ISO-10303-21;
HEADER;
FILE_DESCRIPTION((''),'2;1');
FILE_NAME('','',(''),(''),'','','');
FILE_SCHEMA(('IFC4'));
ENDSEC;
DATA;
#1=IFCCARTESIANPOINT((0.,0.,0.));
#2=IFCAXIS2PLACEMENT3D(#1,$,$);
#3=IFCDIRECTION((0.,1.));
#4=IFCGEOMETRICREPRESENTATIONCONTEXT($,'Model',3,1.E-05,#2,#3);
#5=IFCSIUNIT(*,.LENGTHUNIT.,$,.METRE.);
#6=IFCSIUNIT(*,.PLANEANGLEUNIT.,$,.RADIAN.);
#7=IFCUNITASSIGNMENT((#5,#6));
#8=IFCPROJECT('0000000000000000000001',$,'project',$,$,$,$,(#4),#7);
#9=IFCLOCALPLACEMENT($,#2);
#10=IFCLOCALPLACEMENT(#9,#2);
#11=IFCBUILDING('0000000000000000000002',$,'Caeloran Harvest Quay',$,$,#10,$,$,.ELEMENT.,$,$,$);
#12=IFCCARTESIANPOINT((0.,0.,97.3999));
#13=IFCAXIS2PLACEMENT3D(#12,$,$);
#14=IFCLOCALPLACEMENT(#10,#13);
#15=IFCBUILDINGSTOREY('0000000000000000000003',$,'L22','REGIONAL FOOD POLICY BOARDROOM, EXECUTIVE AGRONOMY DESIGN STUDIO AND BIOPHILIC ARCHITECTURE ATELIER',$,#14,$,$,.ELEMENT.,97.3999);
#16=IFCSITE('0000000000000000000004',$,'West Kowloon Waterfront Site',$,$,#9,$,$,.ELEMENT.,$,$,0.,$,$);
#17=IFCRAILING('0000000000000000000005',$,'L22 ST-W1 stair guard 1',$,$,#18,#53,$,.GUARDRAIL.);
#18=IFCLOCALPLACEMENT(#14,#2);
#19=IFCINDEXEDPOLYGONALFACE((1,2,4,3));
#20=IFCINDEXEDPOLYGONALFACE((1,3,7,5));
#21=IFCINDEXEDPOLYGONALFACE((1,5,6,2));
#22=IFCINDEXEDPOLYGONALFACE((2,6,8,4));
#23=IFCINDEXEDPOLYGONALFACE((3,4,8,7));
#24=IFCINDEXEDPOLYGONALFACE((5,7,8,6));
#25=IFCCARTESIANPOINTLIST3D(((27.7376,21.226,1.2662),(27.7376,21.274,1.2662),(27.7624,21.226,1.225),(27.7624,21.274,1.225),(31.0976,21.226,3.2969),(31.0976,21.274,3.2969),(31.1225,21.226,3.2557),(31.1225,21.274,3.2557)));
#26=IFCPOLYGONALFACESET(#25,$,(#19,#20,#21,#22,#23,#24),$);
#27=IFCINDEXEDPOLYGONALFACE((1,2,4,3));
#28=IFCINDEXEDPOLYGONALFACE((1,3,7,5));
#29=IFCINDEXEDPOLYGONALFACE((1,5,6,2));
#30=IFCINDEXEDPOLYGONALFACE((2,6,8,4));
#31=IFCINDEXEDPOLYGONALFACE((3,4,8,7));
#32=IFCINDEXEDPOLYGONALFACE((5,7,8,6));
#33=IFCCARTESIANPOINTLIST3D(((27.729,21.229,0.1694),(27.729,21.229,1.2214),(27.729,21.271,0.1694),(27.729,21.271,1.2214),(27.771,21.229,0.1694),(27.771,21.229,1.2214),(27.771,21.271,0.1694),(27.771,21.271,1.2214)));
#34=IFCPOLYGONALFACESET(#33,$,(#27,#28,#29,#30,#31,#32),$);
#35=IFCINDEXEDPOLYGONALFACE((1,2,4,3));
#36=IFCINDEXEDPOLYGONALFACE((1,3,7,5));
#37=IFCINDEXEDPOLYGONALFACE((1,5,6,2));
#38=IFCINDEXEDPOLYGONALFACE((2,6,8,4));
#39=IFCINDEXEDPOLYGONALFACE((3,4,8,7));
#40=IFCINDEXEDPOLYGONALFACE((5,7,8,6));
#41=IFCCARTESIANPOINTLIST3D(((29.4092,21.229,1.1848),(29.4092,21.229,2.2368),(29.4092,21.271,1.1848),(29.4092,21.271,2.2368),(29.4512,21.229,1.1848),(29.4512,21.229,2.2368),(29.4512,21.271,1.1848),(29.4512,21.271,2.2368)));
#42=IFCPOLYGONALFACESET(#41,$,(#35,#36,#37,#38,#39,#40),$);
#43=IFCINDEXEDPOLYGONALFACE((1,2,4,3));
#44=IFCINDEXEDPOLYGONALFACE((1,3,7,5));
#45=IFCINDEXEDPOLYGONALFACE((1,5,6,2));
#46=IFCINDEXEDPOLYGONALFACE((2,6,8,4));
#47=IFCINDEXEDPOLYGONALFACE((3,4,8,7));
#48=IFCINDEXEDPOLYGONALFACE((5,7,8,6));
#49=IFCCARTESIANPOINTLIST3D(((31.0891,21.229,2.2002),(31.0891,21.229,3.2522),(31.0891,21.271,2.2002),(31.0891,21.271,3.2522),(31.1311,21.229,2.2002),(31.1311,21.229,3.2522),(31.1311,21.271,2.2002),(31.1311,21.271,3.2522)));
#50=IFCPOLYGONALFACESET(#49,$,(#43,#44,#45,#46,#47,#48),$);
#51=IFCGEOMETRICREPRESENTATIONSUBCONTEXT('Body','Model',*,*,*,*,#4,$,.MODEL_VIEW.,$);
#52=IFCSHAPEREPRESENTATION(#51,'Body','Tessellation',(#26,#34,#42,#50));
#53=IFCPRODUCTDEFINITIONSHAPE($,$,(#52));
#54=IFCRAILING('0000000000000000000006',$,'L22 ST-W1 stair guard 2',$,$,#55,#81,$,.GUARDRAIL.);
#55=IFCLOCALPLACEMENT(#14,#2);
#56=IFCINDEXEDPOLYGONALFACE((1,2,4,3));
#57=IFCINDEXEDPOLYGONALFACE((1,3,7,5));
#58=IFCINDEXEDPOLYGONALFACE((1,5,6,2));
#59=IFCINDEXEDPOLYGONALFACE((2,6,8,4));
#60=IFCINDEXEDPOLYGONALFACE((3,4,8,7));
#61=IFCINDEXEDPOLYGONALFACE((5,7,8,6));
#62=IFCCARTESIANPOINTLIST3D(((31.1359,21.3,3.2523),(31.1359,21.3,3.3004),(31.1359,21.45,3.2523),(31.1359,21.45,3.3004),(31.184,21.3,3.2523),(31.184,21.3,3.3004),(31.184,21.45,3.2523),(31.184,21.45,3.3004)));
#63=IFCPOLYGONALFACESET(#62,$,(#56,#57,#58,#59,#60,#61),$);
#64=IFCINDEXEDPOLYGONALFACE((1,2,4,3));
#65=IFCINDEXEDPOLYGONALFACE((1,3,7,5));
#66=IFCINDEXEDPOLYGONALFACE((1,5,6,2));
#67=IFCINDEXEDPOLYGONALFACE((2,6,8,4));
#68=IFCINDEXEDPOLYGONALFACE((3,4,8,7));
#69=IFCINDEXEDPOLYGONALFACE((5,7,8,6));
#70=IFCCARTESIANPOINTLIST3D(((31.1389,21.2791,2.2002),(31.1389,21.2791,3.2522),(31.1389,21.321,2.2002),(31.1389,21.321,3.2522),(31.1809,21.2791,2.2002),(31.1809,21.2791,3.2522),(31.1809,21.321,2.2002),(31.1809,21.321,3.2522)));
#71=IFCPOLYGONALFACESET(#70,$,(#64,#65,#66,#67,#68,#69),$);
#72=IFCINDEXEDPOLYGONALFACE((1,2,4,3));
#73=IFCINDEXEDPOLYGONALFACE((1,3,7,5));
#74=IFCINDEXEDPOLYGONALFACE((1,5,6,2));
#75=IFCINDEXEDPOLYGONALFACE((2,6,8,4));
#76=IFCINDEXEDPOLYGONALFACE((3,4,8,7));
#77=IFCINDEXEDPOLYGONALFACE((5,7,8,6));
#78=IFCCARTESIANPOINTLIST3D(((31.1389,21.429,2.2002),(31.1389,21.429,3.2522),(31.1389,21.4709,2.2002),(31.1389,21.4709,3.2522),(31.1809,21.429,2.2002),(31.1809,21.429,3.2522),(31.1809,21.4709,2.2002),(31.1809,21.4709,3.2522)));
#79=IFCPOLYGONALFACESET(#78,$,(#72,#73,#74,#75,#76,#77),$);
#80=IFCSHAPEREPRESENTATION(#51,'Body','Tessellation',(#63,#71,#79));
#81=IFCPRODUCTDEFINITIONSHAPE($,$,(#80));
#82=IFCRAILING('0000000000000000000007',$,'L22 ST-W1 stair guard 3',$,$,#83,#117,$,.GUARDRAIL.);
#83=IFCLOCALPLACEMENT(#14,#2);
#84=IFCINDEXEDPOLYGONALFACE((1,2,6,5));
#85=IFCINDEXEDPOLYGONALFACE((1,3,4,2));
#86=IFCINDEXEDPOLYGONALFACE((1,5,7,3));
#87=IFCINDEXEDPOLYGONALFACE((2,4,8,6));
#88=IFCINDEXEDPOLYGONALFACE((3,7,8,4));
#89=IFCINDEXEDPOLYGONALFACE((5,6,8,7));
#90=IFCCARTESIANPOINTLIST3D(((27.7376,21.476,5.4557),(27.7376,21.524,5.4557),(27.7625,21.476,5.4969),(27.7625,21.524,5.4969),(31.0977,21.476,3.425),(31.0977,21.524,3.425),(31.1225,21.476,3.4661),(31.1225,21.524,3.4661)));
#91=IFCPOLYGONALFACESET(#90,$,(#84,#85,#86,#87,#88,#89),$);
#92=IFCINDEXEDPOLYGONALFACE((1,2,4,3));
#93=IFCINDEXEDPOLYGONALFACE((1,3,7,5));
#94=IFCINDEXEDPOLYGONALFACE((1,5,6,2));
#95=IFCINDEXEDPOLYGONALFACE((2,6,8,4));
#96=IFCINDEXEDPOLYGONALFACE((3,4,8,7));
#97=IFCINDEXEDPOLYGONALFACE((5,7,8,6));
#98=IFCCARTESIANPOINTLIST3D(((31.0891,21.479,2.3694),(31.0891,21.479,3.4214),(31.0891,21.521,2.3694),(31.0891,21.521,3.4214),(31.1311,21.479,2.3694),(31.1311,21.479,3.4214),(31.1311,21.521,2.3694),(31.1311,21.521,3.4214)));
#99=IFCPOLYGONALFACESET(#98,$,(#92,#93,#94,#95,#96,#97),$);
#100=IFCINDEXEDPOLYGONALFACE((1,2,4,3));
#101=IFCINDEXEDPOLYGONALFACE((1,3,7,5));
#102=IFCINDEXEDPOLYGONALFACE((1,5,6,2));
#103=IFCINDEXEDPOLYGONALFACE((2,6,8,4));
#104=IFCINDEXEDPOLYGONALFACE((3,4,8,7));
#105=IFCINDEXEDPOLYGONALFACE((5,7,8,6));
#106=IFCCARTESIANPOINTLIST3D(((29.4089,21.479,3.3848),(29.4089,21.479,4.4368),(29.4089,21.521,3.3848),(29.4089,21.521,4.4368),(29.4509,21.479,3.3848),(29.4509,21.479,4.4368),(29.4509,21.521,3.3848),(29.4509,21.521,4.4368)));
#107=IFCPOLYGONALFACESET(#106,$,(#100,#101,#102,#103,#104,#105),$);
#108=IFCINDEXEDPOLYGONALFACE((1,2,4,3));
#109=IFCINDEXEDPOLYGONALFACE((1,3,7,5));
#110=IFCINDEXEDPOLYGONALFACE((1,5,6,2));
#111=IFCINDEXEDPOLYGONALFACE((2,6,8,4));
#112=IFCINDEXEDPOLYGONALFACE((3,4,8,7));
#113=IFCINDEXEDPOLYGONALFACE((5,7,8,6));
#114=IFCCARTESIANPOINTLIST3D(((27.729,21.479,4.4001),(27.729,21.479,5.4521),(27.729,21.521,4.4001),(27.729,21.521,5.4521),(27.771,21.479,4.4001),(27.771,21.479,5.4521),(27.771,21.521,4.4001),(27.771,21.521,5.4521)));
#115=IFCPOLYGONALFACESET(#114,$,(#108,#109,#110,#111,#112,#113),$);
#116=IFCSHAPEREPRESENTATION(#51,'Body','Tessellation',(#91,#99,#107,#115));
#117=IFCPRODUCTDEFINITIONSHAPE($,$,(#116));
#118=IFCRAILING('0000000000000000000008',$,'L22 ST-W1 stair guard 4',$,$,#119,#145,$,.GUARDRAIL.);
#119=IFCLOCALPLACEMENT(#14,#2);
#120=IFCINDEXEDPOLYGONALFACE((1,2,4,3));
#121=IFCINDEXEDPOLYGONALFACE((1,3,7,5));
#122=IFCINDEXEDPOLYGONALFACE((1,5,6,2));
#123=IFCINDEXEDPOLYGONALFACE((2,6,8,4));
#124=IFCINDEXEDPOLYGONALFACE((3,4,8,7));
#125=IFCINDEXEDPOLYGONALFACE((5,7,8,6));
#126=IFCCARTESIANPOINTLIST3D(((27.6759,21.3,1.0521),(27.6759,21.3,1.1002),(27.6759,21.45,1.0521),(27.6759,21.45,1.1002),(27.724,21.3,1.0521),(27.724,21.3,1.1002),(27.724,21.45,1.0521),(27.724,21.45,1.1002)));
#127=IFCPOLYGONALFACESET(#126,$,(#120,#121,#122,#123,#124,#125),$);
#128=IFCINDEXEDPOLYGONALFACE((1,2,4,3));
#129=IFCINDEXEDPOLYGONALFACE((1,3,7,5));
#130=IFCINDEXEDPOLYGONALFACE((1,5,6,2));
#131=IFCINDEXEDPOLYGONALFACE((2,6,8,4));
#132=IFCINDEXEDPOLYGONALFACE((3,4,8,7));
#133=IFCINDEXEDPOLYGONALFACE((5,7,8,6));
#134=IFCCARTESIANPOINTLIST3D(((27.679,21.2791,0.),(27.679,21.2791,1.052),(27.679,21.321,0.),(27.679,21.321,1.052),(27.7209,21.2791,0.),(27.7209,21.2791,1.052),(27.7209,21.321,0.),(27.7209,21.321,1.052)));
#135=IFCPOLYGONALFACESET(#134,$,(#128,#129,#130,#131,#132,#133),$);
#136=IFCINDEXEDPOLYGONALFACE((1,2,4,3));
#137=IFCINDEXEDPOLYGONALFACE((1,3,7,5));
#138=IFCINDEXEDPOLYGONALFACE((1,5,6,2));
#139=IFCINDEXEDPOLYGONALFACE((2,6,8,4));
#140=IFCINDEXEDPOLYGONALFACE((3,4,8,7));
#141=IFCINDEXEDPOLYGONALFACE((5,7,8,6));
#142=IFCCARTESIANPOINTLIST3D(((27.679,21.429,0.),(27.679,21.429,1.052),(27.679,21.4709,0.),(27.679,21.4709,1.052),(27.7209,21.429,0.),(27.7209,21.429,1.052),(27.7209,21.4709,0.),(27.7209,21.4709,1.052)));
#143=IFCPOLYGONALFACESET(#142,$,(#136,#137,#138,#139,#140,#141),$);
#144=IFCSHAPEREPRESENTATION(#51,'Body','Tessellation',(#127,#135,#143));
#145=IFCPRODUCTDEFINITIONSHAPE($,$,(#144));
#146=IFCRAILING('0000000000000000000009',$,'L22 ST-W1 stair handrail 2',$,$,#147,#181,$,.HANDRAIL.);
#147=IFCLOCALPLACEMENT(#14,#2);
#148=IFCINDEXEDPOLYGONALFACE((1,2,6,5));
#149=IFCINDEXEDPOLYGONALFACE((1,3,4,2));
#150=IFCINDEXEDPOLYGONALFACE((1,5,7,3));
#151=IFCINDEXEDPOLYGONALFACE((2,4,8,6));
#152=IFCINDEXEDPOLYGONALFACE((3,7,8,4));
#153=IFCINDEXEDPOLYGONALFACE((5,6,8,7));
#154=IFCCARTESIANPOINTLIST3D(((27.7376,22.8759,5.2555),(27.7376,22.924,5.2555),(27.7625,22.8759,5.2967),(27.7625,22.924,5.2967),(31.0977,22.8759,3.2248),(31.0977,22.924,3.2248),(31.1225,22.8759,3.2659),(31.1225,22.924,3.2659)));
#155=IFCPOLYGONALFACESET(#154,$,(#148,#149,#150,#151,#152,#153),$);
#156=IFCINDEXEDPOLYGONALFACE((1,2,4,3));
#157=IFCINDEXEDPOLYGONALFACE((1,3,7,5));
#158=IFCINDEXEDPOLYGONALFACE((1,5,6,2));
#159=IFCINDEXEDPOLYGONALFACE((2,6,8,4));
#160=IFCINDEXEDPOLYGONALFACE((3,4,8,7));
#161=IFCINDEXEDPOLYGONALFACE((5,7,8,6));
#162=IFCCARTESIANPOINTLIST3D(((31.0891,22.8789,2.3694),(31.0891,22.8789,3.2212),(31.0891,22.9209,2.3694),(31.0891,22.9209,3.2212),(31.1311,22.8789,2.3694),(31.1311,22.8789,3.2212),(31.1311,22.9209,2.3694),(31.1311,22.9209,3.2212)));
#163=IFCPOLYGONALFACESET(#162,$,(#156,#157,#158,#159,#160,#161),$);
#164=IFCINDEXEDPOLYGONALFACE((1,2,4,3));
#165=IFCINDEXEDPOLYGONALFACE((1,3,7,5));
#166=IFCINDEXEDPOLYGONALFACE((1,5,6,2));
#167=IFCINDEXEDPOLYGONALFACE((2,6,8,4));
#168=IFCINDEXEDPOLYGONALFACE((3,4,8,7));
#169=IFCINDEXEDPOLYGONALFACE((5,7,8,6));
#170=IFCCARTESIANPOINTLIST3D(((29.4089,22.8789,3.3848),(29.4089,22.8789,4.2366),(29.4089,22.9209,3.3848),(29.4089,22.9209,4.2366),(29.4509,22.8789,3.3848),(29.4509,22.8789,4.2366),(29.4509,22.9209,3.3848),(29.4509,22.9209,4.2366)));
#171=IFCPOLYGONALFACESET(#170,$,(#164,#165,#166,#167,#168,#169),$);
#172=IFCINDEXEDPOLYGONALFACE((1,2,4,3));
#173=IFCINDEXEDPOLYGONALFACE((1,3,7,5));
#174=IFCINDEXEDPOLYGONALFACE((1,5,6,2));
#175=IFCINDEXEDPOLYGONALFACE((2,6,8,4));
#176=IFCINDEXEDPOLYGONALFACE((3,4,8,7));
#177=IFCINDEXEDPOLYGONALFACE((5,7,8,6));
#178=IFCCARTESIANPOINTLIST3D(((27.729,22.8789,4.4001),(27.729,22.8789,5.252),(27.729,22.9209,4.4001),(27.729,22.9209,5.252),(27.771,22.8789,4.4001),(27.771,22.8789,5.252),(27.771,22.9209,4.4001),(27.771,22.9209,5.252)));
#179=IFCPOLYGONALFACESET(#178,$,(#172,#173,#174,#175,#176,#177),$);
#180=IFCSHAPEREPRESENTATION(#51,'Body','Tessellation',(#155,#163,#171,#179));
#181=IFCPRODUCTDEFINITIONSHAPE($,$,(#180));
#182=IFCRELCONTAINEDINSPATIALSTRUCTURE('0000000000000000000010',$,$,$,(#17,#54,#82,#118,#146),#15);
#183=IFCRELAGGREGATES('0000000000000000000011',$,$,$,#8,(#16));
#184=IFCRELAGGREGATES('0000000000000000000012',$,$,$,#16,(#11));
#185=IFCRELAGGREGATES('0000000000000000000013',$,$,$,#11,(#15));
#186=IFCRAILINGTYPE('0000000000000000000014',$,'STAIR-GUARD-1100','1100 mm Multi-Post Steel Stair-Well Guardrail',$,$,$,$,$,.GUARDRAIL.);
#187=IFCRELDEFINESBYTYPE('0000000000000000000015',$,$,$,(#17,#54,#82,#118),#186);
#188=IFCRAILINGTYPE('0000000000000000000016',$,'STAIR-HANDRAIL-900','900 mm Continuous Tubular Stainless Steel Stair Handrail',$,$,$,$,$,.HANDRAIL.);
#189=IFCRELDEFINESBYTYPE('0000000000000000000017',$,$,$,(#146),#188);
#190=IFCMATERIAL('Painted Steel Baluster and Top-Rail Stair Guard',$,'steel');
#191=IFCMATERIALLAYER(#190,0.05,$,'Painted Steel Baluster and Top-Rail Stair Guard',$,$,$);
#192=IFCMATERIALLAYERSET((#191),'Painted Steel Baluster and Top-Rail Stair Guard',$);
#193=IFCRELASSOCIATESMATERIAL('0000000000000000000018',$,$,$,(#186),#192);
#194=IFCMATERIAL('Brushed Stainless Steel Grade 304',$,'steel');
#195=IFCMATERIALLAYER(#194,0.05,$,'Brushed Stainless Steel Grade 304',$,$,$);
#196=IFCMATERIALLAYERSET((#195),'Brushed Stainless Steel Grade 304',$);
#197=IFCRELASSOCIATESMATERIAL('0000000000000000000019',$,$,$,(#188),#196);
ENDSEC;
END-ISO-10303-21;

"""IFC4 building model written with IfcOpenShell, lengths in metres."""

from ifc_helpers import new_model, si_unit, direction, frame, origin, origin_2d, place, context, subcontext, project, spatial, rectangle, extrude, material, layer, layer_set, type_object, element, save


model = new_model("IFC4")

# Units and contexts
model_context = context("Model", 3, precision=1e-05, world=origin(), true_north=direction((0.0, 1.0)))
body_context = subcontext(model_context, "Body", "Model", "MODEL_VIEW")
ifc_project = project(units=[si_unit("LENGTHUNIT", "METRE"), si_unit("PLANEANGLEUNIT", "RADIAN")], contexts=[model_context])

# Site, building, storey
site_placement = place(None, origin())
site = spatial("IfcSite", under=ifc_project, at=site_placement, Name="West Kowloon Waterfront Site", CompositionType="ELEMENT", RefElevation=0.0)
building_placement = place(site_placement, origin())
building = spatial("IfcBuilding", under=site, at=building_placement, Name="Caeloran Harvest Quay", CompositionType="ELEMENT")
storey_placement = place(building_placement, frame((0.0, 0.0, 97.3999)))
storey = spatial("IfcBuildingStorey", under=building, at=storey_placement, Name="L22", Description="REGIONAL FOOD POLICY BOARDROOM, EXECUTIVE AGRONOMY DESIGN STUDIO AND BIOPHILIC ARCHITECTURE ATELIER", CompositionType="ELEMENT", Elevation=97.3999)

# Railings
ifc_material_1 = material(Name="Painted Steel Baluster and Top-Rail Stair Guard", Category="steel")
ifc_layer_1 = layer(ifc_material_1, 0.05, Name="Painted Steel Baluster and Top-Rail Stair Guard")
ifc_layer_set_1 = layer_set([ifc_layer_1], Name="Painted Steel Baluster and Top-Rail Stair Guard")
railing_type_1 = type_object("IfcRailingType", Name="STAIR-GUARD-1100", Description="1100 mm Multi-Post Steel Stair-Well Guardrail", PredefinedType="GUARDRAIL", material=ifc_layer_set_1)
railing_1_placement = place(storey_placement, frame((27.75, 21.25, 0.1694)))
element("IfcRailing", 1, at=railing_1_placement, inside=storey, type_object=railing_type_1, Name="L22 ST-W1 stair guard 1", PredefinedType="GUARDRAIL", context=body_context, shape_type="SweptSolid", body=[
    extrude(rectangle(XDim=0.0481, YDim=0.0481, at=origin_2d()), frame((0.0, 0.0, 1.0762), z_axis=(0.855837, 0.0, 0.517246), x_axis=(0.0, 1.0, 0.0)), (0.0, 0.0, 1.0), 3.926),
    extrude(rectangle(XDim=0.042, YDim=0.042, at=origin_2d()), origin(), (0.0, 0.0, 1.0), 1.052),
    extrude(rectangle(XDim=0.042, YDim=0.042, at=origin_2d()), frame((1.6802, 0.0, 1.0154)), (0.0, 0.0, 1.0), 1.052),
    extrude(rectangle(XDim=0.042, YDim=0.042, at=origin_2d()), frame((3.3601, 0.0, 2.0308)), (0.0, 0.0, 1.0), 1.052),
])
railing_2_placement = place(storey_placement, frame((31.1599, 21.3, 2.2002)))
element("IfcRailing", 2, at=railing_2_placement, inside=storey, type_object=railing_type_1, Name="L22 ST-W1 stair guard 2", PredefinedType="GUARDRAIL", context=body_context, shape_type="SweptSolid", body=[
    extrude(rectangle(XDim=0.0481, YDim=0.0481, at=origin_2d()), frame((0.0, 0.0, 1.0762), z_axis=(0.0, 1.0, 0.0), x_axis=(-1.0, 0.0, 0.0)), (0.0, 0.0, 1.0), 0.1499),
    extrude(rectangle(XDim=0.042, YDim=0.042, at=origin_2d()), origin(), (0.0, 0.0, 1.0), 1.052),
    extrude(rectangle(XDim=0.042, YDim=0.042, at=origin_2d()), frame((0.0, 0.1499, 0.0)), (0.0, 0.0, 1.0), 1.052),
])
railing_3_placement = place(storey_placement, frame((31.1101, 21.5, 2.3694)))
element("IfcRailing", 3, at=railing_3_placement, inside=storey, type_object=railing_type_1, Name="L22 ST-W1 stair guard 3", PredefinedType="GUARDRAIL", context=body_context, shape_type="SweptSolid", body=[
    extrude(rectangle(XDim=0.0481, YDim=0.0481, at=origin_2d()), frame((0.0, 0.0, 1.0762), z_axis=(-0.855837, 0.0, 0.517246), x_axis=(0.0, -1.0, 0.0)), (0.0, 0.0, 1.0), 3.926),
    extrude(rectangle(XDim=0.042, YDim=0.042, at=origin_2d()), origin(), (0.0, 0.0, 1.0), 1.052),
    extrude(rectangle(XDim=0.042, YDim=0.042, at=origin_2d()), frame((-1.6802, 0.0, 1.0154)), (0.0, 0.0, 1.0), 1.052),
    extrude(rectangle(XDim=0.042, YDim=0.042, at=origin_2d()), frame((-3.3601, 0.0, 2.0308)), (0.0, 0.0, 1.0), 1.052),
])
railing_4_placement = place(storey_placement, frame((27.7, 21.3, 0.0)))
element("IfcRailing", 4, at=railing_4_placement, inside=storey, type_object=railing_type_1, Name="L22 ST-W1 stair guard 4", PredefinedType="GUARDRAIL", context=body_context, shape_type="SweptSolid", body=[
    extrude(rectangle(XDim=0.0481, YDim=0.0481, at=origin_2d()), frame((0.0, 0.0, 1.0762), z_axis=(0.0, 1.0, 0.0), x_axis=(-1.0, 0.0, 0.0)), (0.0, 0.0, 1.0), 0.1499),
    extrude(rectangle(XDim=0.042, YDim=0.042, at=origin_2d()), origin(), (0.0, 0.0, 1.0), 1.052),
    extrude(rectangle(XDim=0.042, YDim=0.042, at=origin_2d()), frame((0.0, 0.1499, 0.0)), (0.0, 0.0, 1.0), 1.052),
])
ifc_material_2 = material(Name="Brushed Stainless Steel Grade 304", Category="steel")
ifc_layer_2 = layer(ifc_material_2, 0.05, Name="Brushed Stainless Steel Grade 304")
ifc_layer_set_2 = layer_set([ifc_layer_2], Name="Brushed Stainless Steel Grade 304")
railing_type_2 = type_object("IfcRailingType", Name="STAIR-HANDRAIL-900", Description="900 mm Continuous Tubular Stainless Steel Stair Handrail", PredefinedType="HANDRAIL", material=ifc_layer_set_2)
railing_5_placement = place(storey_placement, frame((31.1101, 22.8999, 2.3694)))
element("IfcRailing", 5, at=railing_5_placement, inside=storey, type_object=railing_type_2, Name="L22 ST-W1 stair handrail 2", PredefinedType="HANDRAIL", context=body_context, shape_type="SweptSolid", body=[
    extrude(rectangle(XDim=0.0481, YDim=0.0481, at=origin_2d()), frame((0.0, 0.0, 0.876), z_axis=(-0.855837, 0.0, 0.517246), x_axis=(0.0, -1.0, 0.0)), (0.0, 0.0, 1.0), 3.926),
    extrude(rectangle(XDim=0.042, YDim=0.042, at=origin_2d()), origin(), (0.0, 0.0, 1.0), 0.8518),
    extrude(rectangle(XDim=0.042, YDim=0.042, at=origin_2d()), frame((-1.6802, 0.0, 1.0154)), (0.0, 0.0, 1.0), 0.8518),
    extrude(rectangle(XDim=0.042, YDim=0.042, at=origin_2d()), frame((-3.3601, 0.0, 2.0308)), (0.0, 0.0, 1.0), 0.8518),
])

save(model, "model.ifc")
